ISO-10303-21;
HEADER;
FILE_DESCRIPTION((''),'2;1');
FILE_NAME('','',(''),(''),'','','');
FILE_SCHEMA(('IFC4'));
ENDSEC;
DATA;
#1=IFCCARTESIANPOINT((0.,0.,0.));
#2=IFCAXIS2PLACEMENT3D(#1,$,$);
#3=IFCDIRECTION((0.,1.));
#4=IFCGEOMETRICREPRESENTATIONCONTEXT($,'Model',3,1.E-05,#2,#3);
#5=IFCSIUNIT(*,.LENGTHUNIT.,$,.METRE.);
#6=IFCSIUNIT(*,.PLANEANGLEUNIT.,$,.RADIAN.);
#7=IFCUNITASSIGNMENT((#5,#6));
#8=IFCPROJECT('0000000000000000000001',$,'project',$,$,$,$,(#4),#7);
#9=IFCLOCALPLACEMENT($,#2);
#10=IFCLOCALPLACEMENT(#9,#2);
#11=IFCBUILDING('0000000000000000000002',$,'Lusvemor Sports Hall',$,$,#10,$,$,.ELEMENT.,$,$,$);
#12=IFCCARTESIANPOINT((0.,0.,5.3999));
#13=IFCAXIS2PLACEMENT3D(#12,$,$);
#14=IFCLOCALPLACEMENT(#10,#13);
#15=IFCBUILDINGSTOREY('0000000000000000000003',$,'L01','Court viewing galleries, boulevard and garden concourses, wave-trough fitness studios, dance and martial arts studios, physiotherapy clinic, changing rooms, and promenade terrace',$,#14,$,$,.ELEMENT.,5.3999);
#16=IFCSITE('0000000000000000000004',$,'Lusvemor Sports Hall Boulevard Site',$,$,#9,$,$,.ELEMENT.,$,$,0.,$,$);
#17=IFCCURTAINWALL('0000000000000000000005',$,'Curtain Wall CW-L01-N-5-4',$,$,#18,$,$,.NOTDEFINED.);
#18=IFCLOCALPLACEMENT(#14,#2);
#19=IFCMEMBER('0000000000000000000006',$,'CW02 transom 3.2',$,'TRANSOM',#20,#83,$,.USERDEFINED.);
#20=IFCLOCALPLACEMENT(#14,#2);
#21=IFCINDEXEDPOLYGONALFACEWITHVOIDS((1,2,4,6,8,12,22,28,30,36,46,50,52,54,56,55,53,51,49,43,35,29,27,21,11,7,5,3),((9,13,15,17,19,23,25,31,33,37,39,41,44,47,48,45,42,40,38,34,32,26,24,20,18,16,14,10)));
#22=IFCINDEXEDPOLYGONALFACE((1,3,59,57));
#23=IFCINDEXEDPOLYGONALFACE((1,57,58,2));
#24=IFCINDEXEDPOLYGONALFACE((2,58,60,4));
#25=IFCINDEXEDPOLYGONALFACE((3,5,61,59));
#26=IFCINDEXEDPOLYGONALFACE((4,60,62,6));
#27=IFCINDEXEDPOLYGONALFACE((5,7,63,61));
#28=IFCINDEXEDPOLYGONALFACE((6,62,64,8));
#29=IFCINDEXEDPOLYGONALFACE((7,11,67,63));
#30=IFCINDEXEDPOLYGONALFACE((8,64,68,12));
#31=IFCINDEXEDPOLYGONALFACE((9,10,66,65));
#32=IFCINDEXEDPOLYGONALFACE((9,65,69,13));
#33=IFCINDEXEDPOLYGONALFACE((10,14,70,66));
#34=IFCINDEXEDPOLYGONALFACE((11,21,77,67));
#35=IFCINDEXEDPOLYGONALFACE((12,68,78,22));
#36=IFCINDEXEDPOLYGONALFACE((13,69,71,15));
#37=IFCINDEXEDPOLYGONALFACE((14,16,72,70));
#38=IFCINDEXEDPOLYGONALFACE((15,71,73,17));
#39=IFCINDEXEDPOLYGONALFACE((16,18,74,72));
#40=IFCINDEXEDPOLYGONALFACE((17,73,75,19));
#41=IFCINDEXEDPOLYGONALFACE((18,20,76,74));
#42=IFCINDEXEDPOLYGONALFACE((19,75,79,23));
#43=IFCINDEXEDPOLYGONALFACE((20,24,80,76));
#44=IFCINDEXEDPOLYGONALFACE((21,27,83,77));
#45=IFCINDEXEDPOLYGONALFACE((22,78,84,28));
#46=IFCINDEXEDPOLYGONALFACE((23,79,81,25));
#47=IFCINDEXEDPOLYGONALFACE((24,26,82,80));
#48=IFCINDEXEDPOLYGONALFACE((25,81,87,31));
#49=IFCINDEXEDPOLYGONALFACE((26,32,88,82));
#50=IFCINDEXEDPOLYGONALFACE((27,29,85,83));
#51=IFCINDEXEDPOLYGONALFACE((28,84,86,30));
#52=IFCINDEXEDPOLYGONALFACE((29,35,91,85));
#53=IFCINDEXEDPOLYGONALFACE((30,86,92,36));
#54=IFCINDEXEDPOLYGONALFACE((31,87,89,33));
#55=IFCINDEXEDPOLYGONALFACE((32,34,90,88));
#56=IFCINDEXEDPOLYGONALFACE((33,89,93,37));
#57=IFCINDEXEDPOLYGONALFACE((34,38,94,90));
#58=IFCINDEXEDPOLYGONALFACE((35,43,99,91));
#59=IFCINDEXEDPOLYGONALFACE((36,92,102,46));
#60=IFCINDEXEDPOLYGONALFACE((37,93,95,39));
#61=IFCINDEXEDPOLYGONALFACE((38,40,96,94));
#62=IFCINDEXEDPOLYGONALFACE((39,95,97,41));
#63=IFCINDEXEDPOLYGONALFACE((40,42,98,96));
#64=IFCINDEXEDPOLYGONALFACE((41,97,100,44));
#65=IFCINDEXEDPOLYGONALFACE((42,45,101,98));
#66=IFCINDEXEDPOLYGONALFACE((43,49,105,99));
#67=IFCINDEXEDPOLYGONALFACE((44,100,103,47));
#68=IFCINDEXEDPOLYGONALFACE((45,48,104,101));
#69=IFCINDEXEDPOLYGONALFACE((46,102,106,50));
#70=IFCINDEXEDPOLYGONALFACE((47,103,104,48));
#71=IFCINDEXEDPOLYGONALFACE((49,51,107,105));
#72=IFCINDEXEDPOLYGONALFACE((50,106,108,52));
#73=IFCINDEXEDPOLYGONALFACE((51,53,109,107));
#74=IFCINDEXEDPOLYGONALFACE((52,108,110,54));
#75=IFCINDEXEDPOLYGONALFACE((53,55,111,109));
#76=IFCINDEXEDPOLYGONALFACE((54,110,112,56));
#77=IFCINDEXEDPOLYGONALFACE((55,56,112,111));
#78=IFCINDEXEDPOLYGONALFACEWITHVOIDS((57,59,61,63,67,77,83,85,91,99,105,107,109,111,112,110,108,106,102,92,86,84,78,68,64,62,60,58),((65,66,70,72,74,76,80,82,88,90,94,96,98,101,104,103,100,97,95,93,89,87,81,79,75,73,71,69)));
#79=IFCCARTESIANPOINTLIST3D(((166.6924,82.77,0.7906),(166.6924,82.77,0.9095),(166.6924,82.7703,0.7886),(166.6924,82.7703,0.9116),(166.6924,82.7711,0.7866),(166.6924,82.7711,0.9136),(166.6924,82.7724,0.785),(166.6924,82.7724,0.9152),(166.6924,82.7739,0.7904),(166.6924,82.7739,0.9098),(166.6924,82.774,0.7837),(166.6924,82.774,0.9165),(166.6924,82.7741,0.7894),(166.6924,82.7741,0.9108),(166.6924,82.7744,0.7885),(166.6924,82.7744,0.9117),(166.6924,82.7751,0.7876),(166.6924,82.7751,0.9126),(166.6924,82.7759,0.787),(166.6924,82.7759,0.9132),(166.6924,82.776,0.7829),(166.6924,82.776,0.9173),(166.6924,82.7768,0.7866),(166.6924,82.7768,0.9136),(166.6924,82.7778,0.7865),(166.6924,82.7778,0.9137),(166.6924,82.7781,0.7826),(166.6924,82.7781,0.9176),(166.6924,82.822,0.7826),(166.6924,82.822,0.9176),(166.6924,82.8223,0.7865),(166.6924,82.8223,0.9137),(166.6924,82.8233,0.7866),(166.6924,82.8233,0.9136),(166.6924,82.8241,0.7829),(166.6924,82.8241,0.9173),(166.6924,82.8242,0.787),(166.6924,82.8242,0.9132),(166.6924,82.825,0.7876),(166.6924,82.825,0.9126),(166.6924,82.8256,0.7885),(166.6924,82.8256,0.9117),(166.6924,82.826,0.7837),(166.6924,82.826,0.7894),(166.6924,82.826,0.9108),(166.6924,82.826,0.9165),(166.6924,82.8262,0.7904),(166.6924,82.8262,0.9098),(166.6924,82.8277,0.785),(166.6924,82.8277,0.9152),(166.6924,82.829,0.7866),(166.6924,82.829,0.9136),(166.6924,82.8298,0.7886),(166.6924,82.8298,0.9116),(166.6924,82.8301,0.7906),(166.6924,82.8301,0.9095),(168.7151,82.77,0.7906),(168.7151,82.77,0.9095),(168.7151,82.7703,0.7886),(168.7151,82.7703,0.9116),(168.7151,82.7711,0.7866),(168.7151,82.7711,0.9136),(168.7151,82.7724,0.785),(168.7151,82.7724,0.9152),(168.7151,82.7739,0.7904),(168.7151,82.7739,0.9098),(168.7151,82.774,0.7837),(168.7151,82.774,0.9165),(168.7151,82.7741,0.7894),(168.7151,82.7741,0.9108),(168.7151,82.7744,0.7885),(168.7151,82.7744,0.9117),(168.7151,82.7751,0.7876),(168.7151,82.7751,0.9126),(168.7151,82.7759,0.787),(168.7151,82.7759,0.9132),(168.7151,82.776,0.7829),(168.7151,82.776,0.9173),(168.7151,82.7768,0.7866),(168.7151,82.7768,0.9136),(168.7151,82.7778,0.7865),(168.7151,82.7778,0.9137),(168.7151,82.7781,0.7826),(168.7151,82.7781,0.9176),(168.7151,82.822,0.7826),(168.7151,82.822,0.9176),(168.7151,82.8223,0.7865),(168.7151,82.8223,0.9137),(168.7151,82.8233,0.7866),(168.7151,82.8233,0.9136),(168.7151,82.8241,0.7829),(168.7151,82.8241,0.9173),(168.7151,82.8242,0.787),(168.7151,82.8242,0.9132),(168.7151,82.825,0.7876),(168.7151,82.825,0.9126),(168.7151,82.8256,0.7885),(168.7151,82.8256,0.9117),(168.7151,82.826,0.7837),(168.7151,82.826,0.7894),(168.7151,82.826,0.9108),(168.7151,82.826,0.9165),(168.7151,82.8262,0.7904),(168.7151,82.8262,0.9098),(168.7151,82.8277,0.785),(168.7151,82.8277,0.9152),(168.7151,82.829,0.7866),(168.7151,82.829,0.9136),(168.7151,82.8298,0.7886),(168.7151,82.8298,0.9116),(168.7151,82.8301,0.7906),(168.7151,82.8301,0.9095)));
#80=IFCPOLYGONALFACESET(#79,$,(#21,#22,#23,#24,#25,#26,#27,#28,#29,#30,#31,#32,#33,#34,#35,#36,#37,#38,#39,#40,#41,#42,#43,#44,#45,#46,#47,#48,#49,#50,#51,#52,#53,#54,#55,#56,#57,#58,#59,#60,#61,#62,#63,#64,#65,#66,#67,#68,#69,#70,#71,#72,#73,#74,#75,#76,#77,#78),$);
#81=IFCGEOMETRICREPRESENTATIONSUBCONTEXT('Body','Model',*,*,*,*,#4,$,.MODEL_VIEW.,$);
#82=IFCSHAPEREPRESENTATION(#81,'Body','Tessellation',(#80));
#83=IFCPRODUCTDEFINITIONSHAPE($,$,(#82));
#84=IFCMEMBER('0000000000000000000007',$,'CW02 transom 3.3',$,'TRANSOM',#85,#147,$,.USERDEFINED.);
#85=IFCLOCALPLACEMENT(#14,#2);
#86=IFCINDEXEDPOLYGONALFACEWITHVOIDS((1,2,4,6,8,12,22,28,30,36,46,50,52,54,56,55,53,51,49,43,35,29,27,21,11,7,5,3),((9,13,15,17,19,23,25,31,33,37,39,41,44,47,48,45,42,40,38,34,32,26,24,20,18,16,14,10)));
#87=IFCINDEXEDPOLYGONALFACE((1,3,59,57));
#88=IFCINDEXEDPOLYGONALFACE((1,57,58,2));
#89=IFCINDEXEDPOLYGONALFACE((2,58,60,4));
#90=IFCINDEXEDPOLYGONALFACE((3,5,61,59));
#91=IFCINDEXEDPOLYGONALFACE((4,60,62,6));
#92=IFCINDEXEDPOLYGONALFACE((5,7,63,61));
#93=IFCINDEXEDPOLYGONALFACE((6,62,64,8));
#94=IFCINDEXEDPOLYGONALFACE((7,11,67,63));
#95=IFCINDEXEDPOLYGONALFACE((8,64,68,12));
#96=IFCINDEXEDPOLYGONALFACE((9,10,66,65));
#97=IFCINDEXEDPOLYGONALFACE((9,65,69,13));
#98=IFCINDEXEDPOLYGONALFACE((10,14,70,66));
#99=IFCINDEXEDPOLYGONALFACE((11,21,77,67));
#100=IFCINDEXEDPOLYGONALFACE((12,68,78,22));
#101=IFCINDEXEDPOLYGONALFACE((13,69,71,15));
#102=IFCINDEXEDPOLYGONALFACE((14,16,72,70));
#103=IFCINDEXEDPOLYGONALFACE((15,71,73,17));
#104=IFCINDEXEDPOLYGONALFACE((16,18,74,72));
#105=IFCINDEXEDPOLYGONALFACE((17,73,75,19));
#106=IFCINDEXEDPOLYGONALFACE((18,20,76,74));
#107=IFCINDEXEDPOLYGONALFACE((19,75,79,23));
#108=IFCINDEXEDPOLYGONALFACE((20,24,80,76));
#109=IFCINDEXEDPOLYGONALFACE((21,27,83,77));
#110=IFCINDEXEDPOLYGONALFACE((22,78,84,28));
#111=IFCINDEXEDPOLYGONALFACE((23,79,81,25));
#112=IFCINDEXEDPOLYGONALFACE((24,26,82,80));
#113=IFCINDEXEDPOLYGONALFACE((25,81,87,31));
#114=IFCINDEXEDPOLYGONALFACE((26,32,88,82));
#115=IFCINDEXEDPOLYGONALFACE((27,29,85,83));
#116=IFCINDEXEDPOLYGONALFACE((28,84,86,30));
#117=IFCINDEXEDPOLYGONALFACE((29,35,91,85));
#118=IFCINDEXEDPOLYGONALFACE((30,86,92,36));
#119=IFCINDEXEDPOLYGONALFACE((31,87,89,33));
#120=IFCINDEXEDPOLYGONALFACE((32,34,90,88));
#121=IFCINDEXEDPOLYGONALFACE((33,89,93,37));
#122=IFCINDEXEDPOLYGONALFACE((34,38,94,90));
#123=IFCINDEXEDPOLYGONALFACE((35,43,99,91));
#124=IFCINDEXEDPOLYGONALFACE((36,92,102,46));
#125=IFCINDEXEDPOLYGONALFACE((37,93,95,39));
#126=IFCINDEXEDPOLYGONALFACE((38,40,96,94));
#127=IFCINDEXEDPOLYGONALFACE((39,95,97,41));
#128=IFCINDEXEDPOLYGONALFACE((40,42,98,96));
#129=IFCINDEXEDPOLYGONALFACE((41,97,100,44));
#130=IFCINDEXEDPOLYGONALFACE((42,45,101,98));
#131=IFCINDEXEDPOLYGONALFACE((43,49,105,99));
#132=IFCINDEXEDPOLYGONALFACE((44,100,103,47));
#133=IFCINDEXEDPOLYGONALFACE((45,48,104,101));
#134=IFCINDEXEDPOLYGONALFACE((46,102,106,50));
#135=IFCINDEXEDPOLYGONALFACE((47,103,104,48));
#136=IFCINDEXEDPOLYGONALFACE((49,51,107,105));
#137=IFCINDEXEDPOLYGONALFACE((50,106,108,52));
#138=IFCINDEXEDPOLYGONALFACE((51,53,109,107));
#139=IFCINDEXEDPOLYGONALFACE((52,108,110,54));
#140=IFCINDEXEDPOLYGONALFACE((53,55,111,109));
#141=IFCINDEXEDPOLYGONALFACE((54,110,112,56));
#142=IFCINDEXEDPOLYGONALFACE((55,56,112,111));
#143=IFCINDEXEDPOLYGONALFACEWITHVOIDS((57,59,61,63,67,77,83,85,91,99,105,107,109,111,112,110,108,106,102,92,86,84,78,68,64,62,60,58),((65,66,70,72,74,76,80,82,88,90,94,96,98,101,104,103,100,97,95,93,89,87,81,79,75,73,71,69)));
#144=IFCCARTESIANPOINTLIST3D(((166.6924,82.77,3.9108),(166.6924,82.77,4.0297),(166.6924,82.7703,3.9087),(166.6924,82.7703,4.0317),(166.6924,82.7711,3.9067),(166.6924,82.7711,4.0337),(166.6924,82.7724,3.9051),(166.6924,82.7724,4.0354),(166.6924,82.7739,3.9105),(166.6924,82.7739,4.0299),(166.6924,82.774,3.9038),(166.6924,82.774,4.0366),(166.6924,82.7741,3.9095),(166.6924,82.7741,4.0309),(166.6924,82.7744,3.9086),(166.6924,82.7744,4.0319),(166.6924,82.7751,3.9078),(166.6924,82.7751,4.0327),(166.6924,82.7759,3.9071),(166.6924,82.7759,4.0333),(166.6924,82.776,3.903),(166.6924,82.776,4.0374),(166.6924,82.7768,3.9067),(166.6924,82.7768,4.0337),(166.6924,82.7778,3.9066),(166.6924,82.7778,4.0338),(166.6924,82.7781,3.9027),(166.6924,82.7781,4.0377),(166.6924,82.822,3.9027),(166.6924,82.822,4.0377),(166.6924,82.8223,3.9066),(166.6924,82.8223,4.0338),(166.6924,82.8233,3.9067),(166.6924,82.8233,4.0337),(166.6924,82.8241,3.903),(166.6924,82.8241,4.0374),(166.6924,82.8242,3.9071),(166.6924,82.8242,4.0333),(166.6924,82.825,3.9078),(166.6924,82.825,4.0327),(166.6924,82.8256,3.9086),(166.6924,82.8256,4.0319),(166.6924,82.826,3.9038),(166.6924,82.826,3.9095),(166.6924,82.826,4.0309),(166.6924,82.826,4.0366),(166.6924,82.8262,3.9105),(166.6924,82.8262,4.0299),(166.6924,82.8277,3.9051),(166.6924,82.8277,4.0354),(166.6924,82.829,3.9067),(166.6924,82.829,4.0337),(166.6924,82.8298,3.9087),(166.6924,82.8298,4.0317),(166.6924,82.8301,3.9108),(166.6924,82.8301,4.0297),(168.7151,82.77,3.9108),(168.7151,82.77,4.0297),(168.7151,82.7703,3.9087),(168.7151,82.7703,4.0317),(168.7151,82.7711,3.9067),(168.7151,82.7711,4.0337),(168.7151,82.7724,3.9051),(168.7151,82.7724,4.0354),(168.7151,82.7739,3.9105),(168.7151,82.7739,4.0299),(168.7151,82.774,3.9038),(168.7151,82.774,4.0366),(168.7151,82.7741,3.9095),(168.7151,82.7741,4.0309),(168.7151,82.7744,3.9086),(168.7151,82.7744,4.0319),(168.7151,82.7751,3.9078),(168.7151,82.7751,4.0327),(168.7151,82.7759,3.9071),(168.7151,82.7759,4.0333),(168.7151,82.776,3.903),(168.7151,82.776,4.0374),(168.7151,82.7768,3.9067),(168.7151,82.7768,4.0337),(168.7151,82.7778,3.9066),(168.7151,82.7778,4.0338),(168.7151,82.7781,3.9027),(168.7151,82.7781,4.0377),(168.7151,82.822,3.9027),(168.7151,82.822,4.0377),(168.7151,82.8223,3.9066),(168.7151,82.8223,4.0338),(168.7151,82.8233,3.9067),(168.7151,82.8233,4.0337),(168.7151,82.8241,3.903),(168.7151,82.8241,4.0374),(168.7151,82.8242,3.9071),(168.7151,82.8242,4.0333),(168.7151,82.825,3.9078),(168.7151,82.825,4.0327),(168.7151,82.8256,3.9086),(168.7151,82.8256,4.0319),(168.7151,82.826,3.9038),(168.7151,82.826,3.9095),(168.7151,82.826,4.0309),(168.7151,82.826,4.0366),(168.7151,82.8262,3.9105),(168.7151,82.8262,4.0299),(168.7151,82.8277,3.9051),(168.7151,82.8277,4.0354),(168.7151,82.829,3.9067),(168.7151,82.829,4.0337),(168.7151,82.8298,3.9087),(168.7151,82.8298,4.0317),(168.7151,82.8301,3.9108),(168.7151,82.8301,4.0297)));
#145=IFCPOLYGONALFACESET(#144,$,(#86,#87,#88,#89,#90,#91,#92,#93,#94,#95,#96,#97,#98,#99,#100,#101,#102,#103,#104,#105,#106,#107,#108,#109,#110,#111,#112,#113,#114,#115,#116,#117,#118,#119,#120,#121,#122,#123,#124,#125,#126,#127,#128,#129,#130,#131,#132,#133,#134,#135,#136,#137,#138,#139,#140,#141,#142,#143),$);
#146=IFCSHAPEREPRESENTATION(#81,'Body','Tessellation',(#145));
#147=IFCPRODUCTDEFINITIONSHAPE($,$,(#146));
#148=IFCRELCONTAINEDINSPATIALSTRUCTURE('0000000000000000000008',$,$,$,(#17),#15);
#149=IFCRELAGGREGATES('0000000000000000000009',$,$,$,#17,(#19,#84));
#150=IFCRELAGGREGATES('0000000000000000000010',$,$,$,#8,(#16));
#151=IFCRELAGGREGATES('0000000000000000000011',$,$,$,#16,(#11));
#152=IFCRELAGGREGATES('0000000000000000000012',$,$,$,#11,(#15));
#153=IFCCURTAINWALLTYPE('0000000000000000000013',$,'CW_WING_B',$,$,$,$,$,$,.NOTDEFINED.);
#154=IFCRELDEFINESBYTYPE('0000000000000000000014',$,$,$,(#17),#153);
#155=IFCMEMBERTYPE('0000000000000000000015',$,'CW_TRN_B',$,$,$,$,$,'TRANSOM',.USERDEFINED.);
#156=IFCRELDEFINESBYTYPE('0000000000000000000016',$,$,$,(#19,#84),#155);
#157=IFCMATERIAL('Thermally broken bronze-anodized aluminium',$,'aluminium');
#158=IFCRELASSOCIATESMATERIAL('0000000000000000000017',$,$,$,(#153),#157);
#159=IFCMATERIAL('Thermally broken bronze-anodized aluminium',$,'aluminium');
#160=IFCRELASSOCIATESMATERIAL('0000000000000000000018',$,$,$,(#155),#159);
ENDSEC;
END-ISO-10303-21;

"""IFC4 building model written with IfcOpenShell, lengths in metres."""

from ifc_helpers import new_model, si_unit, direction, frame, origin, origin_2d, place, context, subcontext, project, spatial, hollow_rectangle, extrude, material, material_profile, profile_set, type_object, element, aggregate, save


model = new_model("IFC4")

# Units and contexts
model_context = context("Model", 3, precision=1e-05, world=origin(), true_north=direction((0.0, 1.0)))
body_context = subcontext(model_context, "Body", "Model", "MODEL_VIEW")
ifc_project = project(units=[si_unit("LENGTHUNIT", "METRE"), si_unit("PLANEANGLEUNIT", "RADIAN")], contexts=[model_context])

# Site, building, storey
site_placement = place(None, origin())
site = spatial("IfcSite", under=ifc_project, at=site_placement, Name="Lusvemor Sports Hall Boulevard Site", CompositionType="ELEMENT", RefElevation=0.0)
building_placement = place(site_placement, origin())
building = spatial("IfcBuilding", under=site, at=building_placement, Name="Lusvemor Sports Hall", CompositionType="ELEMENT")
storey_placement = place(building_placement, frame((0.0, 0.0, 5.3999)))
storey = spatial("IfcBuildingStorey", under=building, at=storey_placement, Name="L01", Description="Court viewing galleries, boulevard and garden concourses, wave-trough fitness studios, dance and martial arts studios, physiotherapy clinic, changing rooms, and promenade terrace", CompositionType="ELEMENT", Elevation=5.3999)

# Curtain wall, members
ifc_material_1 = material(Name="Thermally broken bronze-anodized aluminium", Category="aluminium")
curtain_wall_type = type_object("IfcCurtainWallType", Name="CW_WING_B", PredefinedType="NOTDEFINED", material=ifc_material_1)
curtain_wall_placement = place(storey_placement, origin())
curtain_wall = element("IfcCurtainWall", 1, at=curtain_wall_placement, inside=storey, type_object=curtain_wall_type, Name="Curtain Wall CW-L01-N-5-4", PredefinedType="NOTDEFINED")
ifc_material_2 = material(Name="Thermally broken bronze-anodized aluminium", Category="aluminium")
ifc_material_profile_1 = material_profile(ifc_material_2, hollow_rectangle(XDim=0.0601, YDim=0.135, WallThickness=0.0039, InnerFilletRadius=0.0039, OuterFilletRadius=0.0081, at=origin_2d()), Name="CWTRN135x60x4")
ifc_profile_set_1 = profile_set([ifc_material_profile_1], Name="Thermally broken bronze-anodized aluminium")
member_type_1 = type_object("IfcMemberType", Name="CW_TRN_B", ElementType="TRANSOM", PredefinedType="USERDEFINED", material=ifc_profile_set_1)
member_1_placement = place(storey_placement, frame((166.6924, 82.8, 0.8501), z_axis=(1.0, 0.0, 0.0), x_axis=(0.0, 1.0, 0.0)))
member_1 = element("IfcMember", 2, at=member_1_placement, type_object=member_type_1, Name="CW02 transom 3.2", ObjectType="TRANSOM", PredefinedType="USERDEFINED", context=body_context, shape_type="SweptSolid", body=[
    extrude(hollow_rectangle(XDim=0.0601, YDim=0.135, WallThickness=0.0039, InnerFilletRadius=0.0039, OuterFilletRadius=0.0081, at=origin_2d()), origin(), (0.0, 0.0, 1.0), 2.0227),
])
member_2_placement = place(storey_placement, frame((166.6924, 82.8, 3.9702), z_axis=(1.0, 0.0, 0.0), x_axis=(0.0, 1.0, 0.0)))
member_2 = element("IfcMember", 3, at=member_2_placement, type_object=member_type_1, Name="CW02 transom 3.3", ObjectType="TRANSOM", PredefinedType="USERDEFINED", context=body_context, shape_type="SweptSolid", body=[
    extrude(hollow_rectangle(XDim=0.0601, YDim=0.135, WallThickness=0.0039, InnerFilletRadius=0.0039, OuterFilletRadius=0.0081, at=origin_2d()), origin(), (0.0, 0.0, 1.0), 2.0227),
])

aggregate(curtain_wall, [member_1, member_2])

save(model, "model.ifc")
